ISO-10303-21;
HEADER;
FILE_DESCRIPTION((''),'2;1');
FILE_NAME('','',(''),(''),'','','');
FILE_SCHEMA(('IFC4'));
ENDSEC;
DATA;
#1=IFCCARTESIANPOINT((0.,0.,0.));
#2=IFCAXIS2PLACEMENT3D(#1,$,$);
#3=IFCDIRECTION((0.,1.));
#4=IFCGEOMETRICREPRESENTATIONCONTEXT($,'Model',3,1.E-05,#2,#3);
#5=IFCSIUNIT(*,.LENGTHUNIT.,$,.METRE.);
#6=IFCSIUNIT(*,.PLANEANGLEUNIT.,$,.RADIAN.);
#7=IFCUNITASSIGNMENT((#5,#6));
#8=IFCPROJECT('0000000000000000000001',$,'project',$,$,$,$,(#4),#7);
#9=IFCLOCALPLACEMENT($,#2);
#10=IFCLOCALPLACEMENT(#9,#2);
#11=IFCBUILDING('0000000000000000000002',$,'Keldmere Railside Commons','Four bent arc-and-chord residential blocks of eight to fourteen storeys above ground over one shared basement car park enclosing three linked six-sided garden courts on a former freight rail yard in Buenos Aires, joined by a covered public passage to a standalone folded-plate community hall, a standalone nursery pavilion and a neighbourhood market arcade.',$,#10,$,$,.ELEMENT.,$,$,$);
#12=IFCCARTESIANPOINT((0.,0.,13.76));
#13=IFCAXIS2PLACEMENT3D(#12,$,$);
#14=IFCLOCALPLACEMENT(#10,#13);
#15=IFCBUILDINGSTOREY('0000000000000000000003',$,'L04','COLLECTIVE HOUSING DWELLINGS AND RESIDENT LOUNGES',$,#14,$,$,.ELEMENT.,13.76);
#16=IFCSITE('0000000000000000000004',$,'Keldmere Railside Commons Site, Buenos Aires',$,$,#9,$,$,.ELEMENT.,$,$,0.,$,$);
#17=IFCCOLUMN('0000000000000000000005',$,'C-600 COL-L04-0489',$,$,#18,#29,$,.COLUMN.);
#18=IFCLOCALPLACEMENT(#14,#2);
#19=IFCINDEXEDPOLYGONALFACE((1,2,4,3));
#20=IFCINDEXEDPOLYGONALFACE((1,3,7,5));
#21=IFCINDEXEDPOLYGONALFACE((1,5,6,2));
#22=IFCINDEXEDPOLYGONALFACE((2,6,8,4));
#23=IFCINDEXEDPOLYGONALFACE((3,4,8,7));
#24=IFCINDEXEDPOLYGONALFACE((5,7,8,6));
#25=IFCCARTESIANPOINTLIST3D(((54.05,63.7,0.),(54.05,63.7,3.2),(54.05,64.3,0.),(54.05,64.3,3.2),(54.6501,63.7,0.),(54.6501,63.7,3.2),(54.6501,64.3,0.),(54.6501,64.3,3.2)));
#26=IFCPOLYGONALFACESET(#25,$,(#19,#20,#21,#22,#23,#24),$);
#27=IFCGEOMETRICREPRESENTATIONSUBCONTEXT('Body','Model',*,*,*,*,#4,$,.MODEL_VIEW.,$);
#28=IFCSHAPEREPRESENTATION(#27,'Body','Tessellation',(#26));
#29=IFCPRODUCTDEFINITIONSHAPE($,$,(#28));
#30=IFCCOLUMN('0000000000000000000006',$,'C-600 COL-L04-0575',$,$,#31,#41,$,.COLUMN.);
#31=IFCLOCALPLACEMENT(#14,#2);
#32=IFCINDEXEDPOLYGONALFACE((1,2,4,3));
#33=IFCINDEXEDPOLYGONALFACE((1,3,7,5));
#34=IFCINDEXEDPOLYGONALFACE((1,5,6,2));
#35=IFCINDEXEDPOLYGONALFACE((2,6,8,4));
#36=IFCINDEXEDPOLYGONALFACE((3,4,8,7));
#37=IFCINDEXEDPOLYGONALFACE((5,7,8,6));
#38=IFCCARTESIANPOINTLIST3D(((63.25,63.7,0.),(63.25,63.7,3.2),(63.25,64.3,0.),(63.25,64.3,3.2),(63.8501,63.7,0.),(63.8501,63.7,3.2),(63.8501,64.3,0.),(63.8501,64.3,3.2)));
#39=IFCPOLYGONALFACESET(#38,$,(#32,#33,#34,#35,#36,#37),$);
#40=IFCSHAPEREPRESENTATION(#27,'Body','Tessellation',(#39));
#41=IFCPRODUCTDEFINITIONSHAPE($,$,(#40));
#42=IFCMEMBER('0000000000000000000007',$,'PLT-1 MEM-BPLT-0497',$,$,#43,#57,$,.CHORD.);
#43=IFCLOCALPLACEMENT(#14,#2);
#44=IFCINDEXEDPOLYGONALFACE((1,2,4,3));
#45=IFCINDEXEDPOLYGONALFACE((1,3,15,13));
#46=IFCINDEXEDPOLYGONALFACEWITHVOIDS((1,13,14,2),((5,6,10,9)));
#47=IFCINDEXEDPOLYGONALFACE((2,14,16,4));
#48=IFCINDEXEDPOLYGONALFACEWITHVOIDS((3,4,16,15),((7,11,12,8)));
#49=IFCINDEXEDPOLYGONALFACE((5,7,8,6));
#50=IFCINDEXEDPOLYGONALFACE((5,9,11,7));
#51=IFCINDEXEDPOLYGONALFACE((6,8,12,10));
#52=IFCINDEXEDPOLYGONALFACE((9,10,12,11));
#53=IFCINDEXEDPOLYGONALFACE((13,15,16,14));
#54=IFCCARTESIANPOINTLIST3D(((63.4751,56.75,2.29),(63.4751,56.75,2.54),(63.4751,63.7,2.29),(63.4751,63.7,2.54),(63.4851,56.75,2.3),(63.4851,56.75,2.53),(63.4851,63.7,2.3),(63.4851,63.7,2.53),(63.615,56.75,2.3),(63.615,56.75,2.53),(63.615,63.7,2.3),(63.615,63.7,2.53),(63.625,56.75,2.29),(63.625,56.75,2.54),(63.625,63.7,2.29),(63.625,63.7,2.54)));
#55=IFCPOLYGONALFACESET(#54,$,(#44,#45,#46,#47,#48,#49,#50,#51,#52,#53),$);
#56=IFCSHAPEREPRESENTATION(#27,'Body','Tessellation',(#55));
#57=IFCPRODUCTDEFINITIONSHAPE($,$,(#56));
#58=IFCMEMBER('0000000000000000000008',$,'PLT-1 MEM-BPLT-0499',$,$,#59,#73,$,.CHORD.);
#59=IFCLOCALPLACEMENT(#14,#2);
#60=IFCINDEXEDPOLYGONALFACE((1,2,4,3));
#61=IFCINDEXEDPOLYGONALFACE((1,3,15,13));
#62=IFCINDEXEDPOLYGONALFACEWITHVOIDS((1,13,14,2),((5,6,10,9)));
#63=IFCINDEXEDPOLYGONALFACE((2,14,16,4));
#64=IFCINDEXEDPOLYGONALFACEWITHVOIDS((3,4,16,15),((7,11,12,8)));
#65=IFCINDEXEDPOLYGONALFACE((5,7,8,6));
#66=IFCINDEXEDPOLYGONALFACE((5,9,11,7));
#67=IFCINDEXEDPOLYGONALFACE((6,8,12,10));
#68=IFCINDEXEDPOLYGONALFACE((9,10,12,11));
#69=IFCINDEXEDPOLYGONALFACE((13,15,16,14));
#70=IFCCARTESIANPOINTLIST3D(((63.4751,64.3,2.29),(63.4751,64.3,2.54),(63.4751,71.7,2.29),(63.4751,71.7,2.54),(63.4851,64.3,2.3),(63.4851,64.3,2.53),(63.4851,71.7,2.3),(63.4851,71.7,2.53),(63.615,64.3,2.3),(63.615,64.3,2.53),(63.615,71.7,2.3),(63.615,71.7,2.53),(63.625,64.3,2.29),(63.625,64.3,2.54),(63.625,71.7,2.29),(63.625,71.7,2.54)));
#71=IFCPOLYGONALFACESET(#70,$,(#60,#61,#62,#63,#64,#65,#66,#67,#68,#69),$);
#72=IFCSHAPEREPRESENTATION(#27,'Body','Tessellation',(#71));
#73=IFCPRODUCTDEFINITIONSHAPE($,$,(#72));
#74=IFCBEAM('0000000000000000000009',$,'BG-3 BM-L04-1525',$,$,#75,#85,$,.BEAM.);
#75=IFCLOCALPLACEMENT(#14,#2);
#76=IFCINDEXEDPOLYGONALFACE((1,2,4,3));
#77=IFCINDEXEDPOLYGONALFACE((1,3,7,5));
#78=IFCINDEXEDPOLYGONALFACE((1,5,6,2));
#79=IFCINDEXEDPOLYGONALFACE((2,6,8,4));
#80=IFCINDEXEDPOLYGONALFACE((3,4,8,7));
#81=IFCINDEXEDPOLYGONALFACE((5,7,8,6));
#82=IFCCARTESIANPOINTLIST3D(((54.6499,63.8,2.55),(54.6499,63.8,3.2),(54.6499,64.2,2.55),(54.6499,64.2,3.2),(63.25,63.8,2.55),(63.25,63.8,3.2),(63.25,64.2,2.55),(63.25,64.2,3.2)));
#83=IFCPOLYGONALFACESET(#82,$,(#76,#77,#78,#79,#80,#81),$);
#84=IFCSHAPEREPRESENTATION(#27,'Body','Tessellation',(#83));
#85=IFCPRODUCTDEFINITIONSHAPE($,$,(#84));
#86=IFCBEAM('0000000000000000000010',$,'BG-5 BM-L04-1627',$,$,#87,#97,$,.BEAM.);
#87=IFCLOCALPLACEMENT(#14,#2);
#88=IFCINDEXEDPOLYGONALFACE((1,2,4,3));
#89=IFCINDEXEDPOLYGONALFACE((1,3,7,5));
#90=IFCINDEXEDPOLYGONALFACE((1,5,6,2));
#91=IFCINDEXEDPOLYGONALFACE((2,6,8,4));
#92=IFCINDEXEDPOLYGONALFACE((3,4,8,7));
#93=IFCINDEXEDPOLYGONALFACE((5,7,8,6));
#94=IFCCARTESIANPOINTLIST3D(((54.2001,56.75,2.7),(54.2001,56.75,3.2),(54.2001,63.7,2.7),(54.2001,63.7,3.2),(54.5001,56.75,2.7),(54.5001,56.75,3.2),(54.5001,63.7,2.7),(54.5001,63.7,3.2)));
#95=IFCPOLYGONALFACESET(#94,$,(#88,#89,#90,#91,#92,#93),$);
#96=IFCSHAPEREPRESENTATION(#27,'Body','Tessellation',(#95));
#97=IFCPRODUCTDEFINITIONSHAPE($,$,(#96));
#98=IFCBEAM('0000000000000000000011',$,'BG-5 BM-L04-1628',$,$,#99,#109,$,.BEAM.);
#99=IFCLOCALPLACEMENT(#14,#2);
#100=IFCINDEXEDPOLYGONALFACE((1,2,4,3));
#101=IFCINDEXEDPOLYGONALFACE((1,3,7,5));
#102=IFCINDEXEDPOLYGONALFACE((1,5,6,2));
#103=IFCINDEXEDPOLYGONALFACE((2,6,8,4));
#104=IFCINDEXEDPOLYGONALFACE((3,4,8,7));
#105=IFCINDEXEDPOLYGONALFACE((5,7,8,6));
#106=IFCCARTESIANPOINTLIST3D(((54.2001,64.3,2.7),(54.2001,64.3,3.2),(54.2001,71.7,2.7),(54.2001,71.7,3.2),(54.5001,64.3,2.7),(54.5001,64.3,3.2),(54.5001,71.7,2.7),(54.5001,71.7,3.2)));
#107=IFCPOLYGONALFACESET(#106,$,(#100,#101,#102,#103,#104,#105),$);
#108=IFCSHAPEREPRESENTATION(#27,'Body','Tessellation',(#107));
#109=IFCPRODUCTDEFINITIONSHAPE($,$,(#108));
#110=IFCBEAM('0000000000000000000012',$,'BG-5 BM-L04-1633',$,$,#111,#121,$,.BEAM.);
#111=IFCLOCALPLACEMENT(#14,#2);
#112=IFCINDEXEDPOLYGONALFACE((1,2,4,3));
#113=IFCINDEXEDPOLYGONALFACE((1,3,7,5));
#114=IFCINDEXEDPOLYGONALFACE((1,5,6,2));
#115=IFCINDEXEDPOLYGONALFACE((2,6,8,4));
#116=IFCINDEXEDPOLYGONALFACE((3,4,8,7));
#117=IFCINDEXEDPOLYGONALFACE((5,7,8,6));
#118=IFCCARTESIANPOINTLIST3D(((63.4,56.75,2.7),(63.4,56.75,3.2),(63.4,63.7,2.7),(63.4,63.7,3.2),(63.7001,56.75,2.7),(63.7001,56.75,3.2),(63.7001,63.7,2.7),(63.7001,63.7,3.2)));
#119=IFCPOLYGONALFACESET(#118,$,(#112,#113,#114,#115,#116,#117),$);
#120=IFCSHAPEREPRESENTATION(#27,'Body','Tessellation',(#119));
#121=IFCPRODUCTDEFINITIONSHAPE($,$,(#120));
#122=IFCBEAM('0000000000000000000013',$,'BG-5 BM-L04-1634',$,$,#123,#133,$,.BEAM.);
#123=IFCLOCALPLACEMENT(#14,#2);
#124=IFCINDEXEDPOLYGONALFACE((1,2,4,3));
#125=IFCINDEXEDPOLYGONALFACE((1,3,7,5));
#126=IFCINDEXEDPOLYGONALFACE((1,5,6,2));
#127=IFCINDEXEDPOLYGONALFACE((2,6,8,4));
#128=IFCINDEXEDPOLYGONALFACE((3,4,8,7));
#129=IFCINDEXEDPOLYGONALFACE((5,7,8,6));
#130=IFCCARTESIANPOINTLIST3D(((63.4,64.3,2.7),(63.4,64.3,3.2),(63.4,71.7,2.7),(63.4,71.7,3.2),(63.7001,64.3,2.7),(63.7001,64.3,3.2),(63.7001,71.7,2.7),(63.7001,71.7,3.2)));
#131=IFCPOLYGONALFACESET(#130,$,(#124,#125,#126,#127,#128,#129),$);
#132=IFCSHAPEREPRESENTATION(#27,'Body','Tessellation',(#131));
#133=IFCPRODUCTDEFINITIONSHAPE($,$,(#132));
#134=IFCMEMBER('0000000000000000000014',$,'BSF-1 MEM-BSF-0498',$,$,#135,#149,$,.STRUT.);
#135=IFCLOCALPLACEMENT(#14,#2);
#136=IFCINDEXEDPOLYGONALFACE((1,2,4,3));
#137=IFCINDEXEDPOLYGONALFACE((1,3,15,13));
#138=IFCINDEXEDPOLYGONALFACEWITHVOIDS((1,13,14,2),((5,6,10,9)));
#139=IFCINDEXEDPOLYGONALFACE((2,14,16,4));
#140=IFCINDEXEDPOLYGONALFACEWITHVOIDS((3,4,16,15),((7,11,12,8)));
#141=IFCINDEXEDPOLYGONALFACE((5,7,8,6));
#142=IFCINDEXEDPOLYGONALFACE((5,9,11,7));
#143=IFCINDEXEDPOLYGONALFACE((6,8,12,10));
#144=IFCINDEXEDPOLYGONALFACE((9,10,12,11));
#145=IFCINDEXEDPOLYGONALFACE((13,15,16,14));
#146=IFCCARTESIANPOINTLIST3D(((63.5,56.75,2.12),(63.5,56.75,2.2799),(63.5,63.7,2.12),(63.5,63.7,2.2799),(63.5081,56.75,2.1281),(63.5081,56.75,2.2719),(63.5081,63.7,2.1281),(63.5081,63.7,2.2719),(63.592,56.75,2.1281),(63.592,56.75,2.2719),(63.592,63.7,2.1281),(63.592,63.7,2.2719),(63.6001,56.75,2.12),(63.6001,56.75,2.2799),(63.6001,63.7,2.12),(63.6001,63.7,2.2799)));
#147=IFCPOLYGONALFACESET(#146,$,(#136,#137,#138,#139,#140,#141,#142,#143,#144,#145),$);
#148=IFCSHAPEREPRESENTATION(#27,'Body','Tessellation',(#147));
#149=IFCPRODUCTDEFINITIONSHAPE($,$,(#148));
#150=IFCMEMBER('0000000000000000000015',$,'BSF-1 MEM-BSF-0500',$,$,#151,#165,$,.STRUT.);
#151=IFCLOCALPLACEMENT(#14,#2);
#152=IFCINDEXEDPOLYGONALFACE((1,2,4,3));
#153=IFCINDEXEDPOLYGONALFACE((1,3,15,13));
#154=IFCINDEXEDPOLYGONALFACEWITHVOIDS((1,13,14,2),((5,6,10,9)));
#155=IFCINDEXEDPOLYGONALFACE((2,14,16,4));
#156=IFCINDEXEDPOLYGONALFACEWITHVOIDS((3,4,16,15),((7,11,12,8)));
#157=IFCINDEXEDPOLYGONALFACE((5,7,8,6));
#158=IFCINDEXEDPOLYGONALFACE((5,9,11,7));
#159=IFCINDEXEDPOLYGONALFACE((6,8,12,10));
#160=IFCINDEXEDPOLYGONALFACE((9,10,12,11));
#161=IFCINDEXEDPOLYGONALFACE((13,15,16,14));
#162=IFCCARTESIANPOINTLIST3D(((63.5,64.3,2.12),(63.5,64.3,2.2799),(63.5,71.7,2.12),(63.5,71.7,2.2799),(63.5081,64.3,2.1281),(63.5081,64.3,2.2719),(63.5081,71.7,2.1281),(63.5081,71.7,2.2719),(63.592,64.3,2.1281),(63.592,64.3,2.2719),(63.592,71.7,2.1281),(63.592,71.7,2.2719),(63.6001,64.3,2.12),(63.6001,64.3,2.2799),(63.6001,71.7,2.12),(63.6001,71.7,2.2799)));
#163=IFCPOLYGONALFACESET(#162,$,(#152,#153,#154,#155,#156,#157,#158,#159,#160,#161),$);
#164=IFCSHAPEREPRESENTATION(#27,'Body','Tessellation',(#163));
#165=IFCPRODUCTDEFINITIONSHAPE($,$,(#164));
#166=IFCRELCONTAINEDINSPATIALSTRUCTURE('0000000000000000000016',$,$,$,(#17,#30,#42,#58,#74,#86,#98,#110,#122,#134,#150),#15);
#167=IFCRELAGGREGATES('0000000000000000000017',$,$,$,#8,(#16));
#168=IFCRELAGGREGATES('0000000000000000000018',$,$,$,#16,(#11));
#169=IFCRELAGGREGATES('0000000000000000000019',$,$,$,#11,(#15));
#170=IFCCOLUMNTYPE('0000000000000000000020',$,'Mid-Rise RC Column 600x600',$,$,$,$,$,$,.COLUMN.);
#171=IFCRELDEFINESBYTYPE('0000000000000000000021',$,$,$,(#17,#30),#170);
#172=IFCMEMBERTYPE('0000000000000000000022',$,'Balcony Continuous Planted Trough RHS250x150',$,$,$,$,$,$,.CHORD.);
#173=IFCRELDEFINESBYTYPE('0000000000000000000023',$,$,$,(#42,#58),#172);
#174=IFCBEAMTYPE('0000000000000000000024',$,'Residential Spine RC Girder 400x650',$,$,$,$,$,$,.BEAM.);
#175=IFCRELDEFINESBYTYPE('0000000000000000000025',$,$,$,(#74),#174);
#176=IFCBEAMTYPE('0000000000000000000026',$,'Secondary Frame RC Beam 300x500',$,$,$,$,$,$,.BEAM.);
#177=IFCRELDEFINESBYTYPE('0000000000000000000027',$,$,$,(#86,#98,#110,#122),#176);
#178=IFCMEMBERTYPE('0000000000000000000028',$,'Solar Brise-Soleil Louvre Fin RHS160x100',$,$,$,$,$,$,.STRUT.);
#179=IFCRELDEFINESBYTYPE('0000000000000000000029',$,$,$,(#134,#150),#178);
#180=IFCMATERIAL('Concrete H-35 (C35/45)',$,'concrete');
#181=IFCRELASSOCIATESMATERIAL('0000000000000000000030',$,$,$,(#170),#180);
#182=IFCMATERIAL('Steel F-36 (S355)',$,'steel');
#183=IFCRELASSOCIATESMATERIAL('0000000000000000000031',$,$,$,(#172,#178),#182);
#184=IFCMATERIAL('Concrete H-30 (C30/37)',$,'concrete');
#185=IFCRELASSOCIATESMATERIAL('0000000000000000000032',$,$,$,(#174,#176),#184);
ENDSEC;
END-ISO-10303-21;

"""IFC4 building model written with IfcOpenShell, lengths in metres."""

from ifc_helpers import new_model, si_unit, direction, frame, origin, origin_2d, place, context, subcontext, project, spatial, rectangle, hollow_rectangle, extrude, material, material_profile, profile_set, type_object, element, save


model = new_model("IFC4")

# Units and contexts
model_context = context("Model", 3, precision=1e-05, world=origin(), true_north=direction((0.0, 1.0)))
body_context = subcontext(model_context, "Body", "Model", "MODEL_VIEW")
ifc_project = project(units=[si_unit("LENGTHUNIT", "METRE"), si_unit("PLANEANGLEUNIT", "RADIAN")], contexts=[model_context])

# Site, building, storey
site_placement = place(None, origin())
site = spatial("IfcSite", under=ifc_project, at=site_placement, Name="Keldmere Railside Commons Site, Buenos Aires", CompositionType="ELEMENT", RefElevation=0.0)
building_placement = place(site_placement, origin())
building = spatial("IfcBuilding", under=site, at=building_placement, Name="Keldmere Railside Commons", Description="Four bent arc-and-chord residential blocks of eight to fourteen storeys above ground over one shared basement car park enclosing three linked six-sided garden courts on a former freight rail yard in Buenos Aires, joined by a covered public passage to a standalone folded-plate community hall, a standalone nursery pavilion and a neighbourhood market arcade.", CompositionType="ELEMENT")
storey_placement = place(building_placement, frame((0.0, 0.0, 13.76)))
storey = spatial("IfcBuildingStorey", under=building, at=storey_placement, Name="L04", Description="COLLECTIVE HOUSING DWELLINGS AND RESIDENT LOUNGES", CompositionType="ELEMENT", Elevation=13.76)

# Columns
ifc_material_1 = material(Name="Concrete H-35 (C35/45)", Category="concrete")
ifc_material_profile_1 = material_profile(ifc_material_1, rectangle(XDim=0.6001, YDim=0.6001, at=origin_2d()), Name="RC-600x600")
ifc_profile_set_1 = profile_set([ifc_material_profile_1], Name="Concrete H-35 (C35/45)")
column_type = type_object("IfcColumnType", Name="Mid-Rise RC Column 600x600", PredefinedType="COLUMN", material=ifc_profile_set_1)
for number, where, z_axis, x_axis, name in (
    (1, (54.3501, 64.0, 0.0), (0.0, 0.0, 1.0), (1.0, 0.0, 0.0), "C-600 COL-L04-0489"),
    (2, (63.55, 64.0, 0.0), (0.0, 0.0, 1.0), (1.0, 0.0, 0.0), "C-600 COL-L04-0575"),
):
    element("IfcColumn", number, at=place(storey_placement, frame(where, z_axis=z_axis, x_axis=x_axis)), inside=storey, type_object=column_type, Name=name, PredefinedType="COLUMN", context=body_context, shape_type="SweptSolid", body=[
        extrude(rectangle(XDim=0.6001, YDim=0.6001, at=origin_2d()), origin(), (0.0, 0.0, 1.0), 3.2),
    ])

# Members
ifc_material_2 = material(Name="Steel F-36 (S355)", Category="steel")
ifc_material_profile_2 = material_profile(ifc_material_2, hollow_rectangle(XDim=0.1499, YDim=0.25, WallThickness=0.01, at=origin_2d()), Name="RHS-250x150x10")
ifc_profile_set_2 = profile_set([ifc_material_profile_2], Name="Steel F-36 (S355)")
member_type_1 = type_object("IfcMemberType", Name="Balcony Continuous Planted Trough RHS250x150", PredefinedType="CHORD", material=ifc_profile_set_2)
member_1_placement = place(storey_placement, frame((63.55, 56.75, 2.415), z_axis=(0.0, 1.0, 0.0), x_axis=(-1.0, 0.0, 0.0)))
element("IfcMember", 3, at=member_1_placement, inside=storey, type_object=member_type_1, Name="PLT-1 MEM-BPLT-0497", PredefinedType="CHORD", context=body_context, shape_type="SweptSolid", body=[
    extrude(hollow_rectangle(XDim=0.1499, YDim=0.25, WallThickness=0.01, at=origin_2d()), origin(), (0.0, 0.0, 1.0), 6.95),
])
member_2_placement = place(storey_placement, frame((63.55, 64.3, 2.415), z_axis=(0.0, 1.0, 0.0), x_axis=(-1.0, 0.0, 0.0)))
element("IfcMember", 4, at=member_2_placement, inside=storey, type_object=member_type_1, Name="PLT-1 MEM-BPLT-0499", PredefinedType="CHORD", context=body_context, shape_type="SweptSolid", body=[
    extrude(hollow_rectangle(XDim=0.1499, YDim=0.25, WallThickness=0.01, at=origin_2d()), origin(), (0.0, 0.0, 1.0), 7.3999),
])

# Beams
ifc_material_3 = material(Name="Concrete H-30 (C30/37)", Category="concrete")
ifc_material_profile_3 = material_profile(ifc_material_3, rectangle(XDim=0.3999, YDim=0.6499, at=origin_2d()), Name="RC-400x650")
ifc_profile_set_3 = profile_set([ifc_material_profile_3], Name="Concrete H-30 (C30/37)")
beam_type_1 = type_object("IfcBeamType", Name="Residential Spine RC Girder 400x650", PredefinedType="BEAM", material=ifc_profile_set_3)
beam_1_placement = place(storey_placement, frame((54.6499, 64.0, 2.875), z_axis=(1.0, 0.0, 0.0), x_axis=(0.0, 1.0, 0.0)))
element("IfcBeam", 5, at=beam_1_placement, inside=storey, type_object=beam_type_1, Name="BG-3 BM-L04-1525", PredefinedType="BEAM", context=body_context, shape_type="SweptSolid", body=[
    extrude(rectangle(XDim=0.3999, YDim=0.6499, at=origin_2d()), origin(), (0.0, 0.0, 1.0), 8.6001),
])
ifc_material_profile_4 = material_profile(ifc_material_3, rectangle(XDim=0.3, YDim=0.5, at=origin_2d()), Name="RC-300x500")
ifc_profile_set_4 = profile_set([ifc_material_profile_4], Name="Concrete H-30 (C30/37)")
beam_type_2 = type_object("IfcBeamType", Name="Secondary Frame RC Beam 300x500", PredefinedType="BEAM", material=ifc_profile_set_4)
beam_2_placement = place(storey_placement, frame((54.3501, 56.75, 2.95), z_axis=(0.0, 1.0, 0.0), x_axis=(-1.0, 0.0, 0.0)))
element("IfcBeam", 6, at=beam_2_placement, inside=storey, type_object=beam_type_2, Name="BG-5 BM-L04-1627", PredefinedType="BEAM", context=body_context, shape_type="SweptSolid", body=[
    extrude(rectangle(XDim=0.3, YDim=0.5, at=origin_2d()), origin(), (0.0, 0.0, 1.0), 6.95),
])
beam_3_placement = place(storey_placement, frame((54.3501, 64.3, 2.95), z_axis=(0.0, 1.0, 0.0), x_axis=(-1.0, 0.0, 0.0)))
element("IfcBeam", 7, at=beam_3_placement, inside=storey, type_object=beam_type_2, Name="BG-5 BM-L04-1628", PredefinedType="BEAM", context=body_context, shape_type="SweptSolid", body=[
    extrude(rectangle(XDim=0.3, YDim=0.5, at=origin_2d()), origin(), (0.0, 0.0, 1.0), 7.3999),
])
beam_4_placement = place(storey_placement, frame((63.55, 56.75, 2.95), z_axis=(0.0, 1.0, 0.0), x_axis=(-1.0, 0.0, 0.0)))
element("IfcBeam", 8, at=beam_4_placement, inside=storey, type_object=beam_type_2, Name="BG-5 BM-L04-1633", PredefinedType="BEAM", context=body_context, shape_type="SweptSolid", body=[
    extrude(rectangle(XDim=0.3, YDim=0.5, at=origin_2d()), origin(), (0.0, 0.0, 1.0), 6.95),
])
beam_5_placement = place(storey_placement, frame((63.55, 64.3, 2.95), z_axis=(0.0, 1.0, 0.0), x_axis=(-1.0, 0.0, 0.0)))
element("IfcBeam", 9, at=beam_5_placement, inside=storey, type_object=beam_type_2, Name="BG-5 BM-L04-1634", PredefinedType="BEAM", context=body_context, shape_type="SweptSolid", body=[
    extrude(rectangle(XDim=0.3, YDim=0.5, at=origin_2d()), origin(), (0.0, 0.0, 1.0), 7.3999),
])

# Members
ifc_material_profile_5 = material_profile(ifc_material_2, hollow_rectangle(XDim=0.1001, YDim=0.1599, WallThickness=0.0081, at=origin_2d()), Name="RHS-160x100x8")
ifc_profile_set_5 = profile_set([ifc_material_profile_5], Name="Steel F-36 (S355)")
member_type_2 = type_object("IfcMemberType", Name="Solar Brise-Soleil Louvre Fin RHS160x100", PredefinedType="STRUT", material=ifc_profile_set_5)
member_3_placement = place(storey_placement, frame((63.55, 56.75, 2.2), z_axis=(0.0, 1.0, 0.0), x_axis=(-1.0, 0.0, 0.0)))
element("IfcMember", 10, at=member_3_placement, inside=storey, type_object=member_type_2, Name="BSF-1 MEM-BSF-0498", PredefinedType="STRUT", context=body_context, shape_type="SweptSolid", body=[
    extrude(hollow_rectangle(XDim=0.1001, YDim=0.1599, WallThickness=0.0081, at=origin_2d()), origin(), (0.0, 0.0, 1.0), 6.95),
])
member_4_placement = place(storey_placement, frame((63.55, 64.3, 2.2), z_axis=(0.0, 1.0, 0.0), x_axis=(-1.0, 0.0, 0.0)))
element("IfcMember", 11, at=member_4_placement, inside=storey, type_object=member_type_2, Name="BSF-1 MEM-BSF-0500", PredefinedType="STRUT", context=body_context, shape_type="SweptSolid", body=[
    extrude(hollow_rectangle(XDim=0.1001, YDim=0.1599, WallThickness=0.0081, at=origin_2d()), origin(), (0.0, 0.0, 1.0), 7.3999),
])

save(model, "model.ifc")
